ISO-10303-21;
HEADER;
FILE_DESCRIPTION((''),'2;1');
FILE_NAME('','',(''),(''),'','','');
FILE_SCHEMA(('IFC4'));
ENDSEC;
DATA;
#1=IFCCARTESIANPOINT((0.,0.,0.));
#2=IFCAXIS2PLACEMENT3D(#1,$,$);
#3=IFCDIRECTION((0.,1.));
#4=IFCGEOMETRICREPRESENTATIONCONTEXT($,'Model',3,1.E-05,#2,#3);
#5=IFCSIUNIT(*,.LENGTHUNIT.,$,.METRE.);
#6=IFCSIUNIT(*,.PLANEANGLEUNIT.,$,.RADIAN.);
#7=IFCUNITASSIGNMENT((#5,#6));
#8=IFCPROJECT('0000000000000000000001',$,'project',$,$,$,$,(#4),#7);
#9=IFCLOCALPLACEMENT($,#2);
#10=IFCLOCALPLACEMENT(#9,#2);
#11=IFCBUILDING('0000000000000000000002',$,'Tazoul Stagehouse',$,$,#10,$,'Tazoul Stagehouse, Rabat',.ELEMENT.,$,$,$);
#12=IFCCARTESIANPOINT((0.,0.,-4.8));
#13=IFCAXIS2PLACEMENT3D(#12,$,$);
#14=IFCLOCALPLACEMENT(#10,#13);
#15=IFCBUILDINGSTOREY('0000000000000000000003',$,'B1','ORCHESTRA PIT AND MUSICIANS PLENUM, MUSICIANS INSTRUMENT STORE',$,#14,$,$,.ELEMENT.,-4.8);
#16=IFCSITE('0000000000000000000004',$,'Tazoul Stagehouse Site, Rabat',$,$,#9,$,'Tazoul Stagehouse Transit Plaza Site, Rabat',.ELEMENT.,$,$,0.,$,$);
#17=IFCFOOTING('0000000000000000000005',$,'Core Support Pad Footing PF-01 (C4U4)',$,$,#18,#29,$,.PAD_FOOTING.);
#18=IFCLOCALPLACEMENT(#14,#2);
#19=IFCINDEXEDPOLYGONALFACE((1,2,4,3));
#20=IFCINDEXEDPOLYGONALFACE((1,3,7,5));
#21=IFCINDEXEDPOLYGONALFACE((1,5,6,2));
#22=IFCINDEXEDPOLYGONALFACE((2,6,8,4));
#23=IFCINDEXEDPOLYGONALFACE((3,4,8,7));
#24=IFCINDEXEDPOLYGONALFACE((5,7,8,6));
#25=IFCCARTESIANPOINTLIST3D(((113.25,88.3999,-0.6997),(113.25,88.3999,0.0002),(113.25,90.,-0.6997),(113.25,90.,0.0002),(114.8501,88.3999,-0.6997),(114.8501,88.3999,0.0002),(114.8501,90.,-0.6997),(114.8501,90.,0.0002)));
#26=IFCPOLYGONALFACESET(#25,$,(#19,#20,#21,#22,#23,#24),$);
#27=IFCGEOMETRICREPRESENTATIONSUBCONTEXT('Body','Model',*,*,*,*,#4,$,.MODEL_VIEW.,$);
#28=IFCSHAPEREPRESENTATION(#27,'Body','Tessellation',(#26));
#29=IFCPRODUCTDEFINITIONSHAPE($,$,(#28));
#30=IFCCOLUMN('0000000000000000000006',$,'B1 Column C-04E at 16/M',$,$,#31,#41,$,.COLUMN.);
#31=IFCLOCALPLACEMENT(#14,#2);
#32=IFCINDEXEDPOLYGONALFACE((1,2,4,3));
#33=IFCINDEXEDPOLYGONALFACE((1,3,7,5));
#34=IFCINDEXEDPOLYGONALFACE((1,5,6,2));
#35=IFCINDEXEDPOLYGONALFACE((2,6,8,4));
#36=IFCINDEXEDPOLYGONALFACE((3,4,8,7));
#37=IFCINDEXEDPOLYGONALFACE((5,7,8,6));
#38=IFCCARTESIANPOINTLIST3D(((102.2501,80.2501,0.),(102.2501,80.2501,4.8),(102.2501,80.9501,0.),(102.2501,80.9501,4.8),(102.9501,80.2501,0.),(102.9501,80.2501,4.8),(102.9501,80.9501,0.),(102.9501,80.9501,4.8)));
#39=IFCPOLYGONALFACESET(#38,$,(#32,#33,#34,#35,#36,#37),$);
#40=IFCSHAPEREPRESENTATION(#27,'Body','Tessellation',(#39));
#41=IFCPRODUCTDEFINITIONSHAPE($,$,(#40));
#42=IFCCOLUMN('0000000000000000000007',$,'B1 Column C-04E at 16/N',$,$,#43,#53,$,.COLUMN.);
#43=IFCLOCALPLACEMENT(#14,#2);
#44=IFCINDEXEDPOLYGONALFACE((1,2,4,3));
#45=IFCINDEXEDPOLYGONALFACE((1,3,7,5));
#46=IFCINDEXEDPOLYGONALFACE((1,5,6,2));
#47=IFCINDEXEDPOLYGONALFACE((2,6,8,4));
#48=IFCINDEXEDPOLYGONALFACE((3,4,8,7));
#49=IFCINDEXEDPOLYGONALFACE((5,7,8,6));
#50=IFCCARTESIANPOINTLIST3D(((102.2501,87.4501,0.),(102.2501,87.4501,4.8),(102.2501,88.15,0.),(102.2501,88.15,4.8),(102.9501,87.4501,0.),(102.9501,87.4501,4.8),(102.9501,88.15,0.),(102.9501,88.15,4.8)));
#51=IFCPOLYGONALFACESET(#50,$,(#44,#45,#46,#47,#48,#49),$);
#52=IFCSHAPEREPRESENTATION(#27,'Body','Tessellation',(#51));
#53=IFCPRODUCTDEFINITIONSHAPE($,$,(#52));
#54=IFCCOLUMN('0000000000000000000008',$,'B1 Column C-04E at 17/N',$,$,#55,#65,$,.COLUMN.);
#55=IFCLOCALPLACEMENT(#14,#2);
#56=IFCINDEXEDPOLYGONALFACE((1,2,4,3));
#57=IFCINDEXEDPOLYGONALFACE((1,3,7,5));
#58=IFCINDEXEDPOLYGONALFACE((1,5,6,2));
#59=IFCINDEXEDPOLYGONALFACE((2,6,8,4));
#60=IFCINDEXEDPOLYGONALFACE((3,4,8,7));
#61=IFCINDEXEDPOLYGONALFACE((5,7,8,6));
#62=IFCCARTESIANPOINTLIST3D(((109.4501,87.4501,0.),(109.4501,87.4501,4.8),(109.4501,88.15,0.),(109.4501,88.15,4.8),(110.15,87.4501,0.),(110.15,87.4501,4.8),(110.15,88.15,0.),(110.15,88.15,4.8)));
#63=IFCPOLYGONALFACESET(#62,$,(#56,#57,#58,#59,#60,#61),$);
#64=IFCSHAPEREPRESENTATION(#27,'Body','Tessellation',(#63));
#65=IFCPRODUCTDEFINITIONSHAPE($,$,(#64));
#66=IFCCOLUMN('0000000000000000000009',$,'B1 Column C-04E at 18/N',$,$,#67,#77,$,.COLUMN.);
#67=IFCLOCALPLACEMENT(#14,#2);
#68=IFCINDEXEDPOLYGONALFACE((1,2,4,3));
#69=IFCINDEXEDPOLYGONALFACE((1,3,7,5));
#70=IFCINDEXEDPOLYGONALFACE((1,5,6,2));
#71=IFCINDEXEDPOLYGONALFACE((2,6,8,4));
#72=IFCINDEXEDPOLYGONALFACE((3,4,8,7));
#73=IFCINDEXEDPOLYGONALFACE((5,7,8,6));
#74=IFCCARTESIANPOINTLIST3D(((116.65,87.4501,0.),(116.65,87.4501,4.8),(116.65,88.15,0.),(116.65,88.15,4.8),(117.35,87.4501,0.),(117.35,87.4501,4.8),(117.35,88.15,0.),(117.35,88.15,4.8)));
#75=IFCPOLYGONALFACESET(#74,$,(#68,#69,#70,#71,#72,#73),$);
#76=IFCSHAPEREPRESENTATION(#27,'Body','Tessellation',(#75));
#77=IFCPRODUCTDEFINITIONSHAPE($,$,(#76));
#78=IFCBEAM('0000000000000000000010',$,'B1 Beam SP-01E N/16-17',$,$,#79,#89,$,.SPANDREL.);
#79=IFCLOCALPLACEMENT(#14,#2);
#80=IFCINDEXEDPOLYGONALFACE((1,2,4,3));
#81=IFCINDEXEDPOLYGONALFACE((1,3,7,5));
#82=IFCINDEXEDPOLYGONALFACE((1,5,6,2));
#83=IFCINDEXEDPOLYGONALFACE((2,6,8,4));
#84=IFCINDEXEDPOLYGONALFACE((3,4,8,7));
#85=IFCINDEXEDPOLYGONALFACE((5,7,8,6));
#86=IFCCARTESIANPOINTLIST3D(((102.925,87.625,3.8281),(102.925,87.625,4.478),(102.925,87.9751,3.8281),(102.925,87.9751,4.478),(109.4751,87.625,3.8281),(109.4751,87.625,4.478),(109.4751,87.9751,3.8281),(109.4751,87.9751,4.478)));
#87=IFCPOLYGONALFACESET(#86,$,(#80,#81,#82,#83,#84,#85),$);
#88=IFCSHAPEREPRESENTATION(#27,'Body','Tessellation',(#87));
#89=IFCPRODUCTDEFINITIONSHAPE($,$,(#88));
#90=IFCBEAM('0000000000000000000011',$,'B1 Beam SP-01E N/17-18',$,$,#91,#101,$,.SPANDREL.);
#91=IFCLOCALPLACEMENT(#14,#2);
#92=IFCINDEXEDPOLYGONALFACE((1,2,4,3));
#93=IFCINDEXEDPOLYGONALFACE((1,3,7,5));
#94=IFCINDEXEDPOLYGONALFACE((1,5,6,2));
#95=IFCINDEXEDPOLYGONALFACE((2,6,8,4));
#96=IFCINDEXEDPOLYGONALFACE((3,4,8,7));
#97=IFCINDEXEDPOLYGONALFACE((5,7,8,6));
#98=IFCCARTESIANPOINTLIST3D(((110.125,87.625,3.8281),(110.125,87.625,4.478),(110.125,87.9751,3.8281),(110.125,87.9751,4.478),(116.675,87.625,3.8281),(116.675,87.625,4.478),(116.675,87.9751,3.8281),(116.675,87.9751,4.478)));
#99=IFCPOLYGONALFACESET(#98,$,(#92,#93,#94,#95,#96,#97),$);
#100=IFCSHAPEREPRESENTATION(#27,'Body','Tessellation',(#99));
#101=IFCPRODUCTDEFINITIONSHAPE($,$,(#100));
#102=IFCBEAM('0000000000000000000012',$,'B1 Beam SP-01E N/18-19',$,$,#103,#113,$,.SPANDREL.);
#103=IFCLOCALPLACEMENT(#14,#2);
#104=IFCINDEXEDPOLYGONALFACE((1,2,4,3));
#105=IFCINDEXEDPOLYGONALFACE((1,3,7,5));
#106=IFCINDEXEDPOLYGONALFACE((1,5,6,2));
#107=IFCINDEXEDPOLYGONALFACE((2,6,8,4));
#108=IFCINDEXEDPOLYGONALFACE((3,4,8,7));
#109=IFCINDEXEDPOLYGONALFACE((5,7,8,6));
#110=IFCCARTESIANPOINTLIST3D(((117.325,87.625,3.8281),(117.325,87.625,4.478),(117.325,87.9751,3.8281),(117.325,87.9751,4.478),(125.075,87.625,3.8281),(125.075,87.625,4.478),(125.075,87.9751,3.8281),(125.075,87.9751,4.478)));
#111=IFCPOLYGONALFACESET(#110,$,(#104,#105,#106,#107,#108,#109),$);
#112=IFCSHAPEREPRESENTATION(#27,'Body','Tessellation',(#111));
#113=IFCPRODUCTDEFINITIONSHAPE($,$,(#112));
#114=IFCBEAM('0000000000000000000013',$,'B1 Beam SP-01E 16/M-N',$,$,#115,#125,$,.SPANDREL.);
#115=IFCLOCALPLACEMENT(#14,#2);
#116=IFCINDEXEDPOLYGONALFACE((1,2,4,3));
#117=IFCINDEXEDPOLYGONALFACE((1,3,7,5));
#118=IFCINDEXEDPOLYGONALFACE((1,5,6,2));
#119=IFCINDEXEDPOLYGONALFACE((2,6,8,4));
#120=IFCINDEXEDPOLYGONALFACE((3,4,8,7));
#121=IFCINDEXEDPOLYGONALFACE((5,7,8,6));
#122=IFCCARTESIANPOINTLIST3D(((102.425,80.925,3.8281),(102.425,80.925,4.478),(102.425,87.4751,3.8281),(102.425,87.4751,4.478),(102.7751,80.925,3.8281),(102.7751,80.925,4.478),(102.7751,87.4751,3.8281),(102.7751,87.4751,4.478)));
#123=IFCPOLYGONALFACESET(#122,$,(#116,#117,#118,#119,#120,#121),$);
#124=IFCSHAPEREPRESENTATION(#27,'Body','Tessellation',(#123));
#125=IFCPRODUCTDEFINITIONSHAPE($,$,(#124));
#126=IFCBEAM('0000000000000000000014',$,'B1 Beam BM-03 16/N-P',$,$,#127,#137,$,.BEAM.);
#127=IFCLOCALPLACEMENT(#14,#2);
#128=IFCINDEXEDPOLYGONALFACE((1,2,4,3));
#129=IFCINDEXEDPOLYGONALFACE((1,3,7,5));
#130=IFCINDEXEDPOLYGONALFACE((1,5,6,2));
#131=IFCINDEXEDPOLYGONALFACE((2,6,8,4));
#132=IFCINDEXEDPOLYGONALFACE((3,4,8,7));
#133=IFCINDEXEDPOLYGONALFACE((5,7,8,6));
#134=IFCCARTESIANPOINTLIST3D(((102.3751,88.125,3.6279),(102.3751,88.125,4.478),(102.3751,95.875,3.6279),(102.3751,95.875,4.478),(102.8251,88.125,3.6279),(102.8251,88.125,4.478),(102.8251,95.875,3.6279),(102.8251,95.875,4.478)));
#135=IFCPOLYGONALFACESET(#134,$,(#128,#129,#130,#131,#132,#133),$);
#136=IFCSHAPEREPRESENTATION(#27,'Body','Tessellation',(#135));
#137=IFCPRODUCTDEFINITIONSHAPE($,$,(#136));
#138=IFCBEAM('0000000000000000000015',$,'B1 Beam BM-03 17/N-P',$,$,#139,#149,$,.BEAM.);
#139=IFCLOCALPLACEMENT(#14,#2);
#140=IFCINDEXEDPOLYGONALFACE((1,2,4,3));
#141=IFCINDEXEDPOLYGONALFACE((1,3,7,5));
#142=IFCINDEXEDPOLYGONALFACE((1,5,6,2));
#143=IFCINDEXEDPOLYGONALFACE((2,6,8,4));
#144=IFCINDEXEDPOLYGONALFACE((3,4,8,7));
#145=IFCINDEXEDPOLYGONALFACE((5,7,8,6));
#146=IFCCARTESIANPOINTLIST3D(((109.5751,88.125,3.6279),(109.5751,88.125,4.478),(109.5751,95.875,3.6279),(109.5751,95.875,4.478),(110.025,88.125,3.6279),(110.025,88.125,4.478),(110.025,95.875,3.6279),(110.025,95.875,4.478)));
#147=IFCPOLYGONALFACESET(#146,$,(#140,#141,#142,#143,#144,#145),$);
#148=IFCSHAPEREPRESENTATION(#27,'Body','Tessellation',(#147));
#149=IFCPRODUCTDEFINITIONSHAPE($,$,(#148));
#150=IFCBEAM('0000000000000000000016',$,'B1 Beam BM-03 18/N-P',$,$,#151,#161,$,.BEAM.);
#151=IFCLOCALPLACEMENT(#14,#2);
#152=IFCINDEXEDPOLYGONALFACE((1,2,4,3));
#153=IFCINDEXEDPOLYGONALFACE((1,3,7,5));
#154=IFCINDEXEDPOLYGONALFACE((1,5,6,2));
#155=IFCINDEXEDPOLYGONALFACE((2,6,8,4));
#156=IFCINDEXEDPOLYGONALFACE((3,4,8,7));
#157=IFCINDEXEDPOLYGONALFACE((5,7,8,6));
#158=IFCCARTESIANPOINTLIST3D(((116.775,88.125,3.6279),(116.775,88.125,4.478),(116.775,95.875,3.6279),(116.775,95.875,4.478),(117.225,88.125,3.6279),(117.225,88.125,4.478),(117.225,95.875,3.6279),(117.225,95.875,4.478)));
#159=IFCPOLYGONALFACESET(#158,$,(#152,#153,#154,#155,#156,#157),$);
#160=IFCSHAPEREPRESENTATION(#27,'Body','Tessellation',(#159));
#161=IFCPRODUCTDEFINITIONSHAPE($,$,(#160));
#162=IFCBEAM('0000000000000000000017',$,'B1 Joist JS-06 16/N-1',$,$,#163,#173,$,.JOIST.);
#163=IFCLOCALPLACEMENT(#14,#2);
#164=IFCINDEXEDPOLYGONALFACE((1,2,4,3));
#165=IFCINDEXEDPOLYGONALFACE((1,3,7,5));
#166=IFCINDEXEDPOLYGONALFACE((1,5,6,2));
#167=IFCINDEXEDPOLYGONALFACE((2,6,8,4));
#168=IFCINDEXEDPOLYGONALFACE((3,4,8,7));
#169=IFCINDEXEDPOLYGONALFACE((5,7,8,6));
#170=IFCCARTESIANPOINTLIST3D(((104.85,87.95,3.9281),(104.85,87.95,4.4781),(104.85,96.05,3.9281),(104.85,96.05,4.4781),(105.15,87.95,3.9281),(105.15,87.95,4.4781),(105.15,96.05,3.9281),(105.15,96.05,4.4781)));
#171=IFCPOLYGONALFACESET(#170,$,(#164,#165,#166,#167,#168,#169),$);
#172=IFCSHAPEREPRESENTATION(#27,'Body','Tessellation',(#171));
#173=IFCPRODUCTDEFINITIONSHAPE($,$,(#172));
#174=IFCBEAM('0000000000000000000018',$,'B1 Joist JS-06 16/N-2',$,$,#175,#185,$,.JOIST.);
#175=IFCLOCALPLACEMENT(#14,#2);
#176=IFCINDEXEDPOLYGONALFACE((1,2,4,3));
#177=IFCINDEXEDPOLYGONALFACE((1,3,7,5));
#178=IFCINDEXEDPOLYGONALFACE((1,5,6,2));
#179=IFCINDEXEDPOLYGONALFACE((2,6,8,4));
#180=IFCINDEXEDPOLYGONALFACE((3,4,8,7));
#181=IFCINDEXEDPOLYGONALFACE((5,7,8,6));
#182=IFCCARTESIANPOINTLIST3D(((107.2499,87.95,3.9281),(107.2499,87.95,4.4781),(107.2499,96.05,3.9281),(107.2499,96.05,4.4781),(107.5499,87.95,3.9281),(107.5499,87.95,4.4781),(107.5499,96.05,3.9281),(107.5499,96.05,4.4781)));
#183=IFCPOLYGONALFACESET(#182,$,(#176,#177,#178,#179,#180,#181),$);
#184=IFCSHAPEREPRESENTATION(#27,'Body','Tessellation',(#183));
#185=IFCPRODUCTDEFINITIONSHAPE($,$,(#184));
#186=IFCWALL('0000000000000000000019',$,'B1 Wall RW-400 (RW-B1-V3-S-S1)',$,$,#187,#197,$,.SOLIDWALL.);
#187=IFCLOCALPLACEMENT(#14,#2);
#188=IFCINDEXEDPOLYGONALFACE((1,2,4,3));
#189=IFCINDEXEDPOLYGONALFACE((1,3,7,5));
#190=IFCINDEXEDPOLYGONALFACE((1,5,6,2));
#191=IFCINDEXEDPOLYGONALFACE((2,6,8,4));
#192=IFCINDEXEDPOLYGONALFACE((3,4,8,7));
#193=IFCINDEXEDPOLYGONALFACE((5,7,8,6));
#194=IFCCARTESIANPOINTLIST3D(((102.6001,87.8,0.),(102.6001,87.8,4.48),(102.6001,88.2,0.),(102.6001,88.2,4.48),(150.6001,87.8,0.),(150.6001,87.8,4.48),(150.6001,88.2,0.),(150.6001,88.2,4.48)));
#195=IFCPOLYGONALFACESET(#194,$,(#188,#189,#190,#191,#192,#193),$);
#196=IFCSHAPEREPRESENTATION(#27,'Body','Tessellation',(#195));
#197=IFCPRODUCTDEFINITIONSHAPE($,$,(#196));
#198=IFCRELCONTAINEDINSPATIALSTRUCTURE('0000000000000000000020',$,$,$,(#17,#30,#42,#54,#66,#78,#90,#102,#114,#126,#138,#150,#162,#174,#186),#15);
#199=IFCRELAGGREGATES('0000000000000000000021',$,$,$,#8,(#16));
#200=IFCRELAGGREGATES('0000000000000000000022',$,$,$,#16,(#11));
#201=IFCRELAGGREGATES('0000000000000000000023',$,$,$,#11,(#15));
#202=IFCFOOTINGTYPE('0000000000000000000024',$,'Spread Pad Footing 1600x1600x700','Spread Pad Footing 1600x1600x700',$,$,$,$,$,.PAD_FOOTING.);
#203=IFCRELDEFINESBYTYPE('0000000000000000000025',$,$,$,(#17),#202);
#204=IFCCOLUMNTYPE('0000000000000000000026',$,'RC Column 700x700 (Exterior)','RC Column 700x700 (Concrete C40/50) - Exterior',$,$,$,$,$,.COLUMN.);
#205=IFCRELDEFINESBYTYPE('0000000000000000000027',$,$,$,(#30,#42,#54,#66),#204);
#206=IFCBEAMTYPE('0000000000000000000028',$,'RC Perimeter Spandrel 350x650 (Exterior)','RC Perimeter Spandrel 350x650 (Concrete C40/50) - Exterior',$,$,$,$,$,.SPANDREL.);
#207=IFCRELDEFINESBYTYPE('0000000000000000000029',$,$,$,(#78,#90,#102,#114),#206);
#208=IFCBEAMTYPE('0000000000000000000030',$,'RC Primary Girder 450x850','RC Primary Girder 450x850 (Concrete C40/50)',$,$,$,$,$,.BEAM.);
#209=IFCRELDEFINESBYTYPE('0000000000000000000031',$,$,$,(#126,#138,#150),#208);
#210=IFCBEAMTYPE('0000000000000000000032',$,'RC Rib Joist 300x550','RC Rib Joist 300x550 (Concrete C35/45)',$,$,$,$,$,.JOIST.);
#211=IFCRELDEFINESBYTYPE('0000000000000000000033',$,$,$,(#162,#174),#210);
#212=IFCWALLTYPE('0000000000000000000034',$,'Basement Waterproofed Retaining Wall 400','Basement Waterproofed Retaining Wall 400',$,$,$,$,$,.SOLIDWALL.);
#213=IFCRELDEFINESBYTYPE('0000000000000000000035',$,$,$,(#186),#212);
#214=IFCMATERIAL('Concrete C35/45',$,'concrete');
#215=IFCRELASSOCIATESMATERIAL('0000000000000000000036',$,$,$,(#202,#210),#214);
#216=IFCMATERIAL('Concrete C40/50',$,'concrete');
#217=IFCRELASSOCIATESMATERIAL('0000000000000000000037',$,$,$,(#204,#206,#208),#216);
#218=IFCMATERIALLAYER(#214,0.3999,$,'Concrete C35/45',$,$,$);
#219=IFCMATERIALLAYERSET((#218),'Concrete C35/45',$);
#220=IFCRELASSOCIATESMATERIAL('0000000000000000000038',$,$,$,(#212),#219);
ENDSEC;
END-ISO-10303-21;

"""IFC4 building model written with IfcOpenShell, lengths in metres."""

from ifc_helpers import new_model, si_unit, direction, frame, frame_2d, origin, origin_2d, place, context, subcontext, project, spatial, rectangle, extrude, material, layer, layer_set, material_profile, profile_set, type_object, element, save


model = new_model("IFC4")

# Units and contexts
model_context = context("Model", 3, precision=1e-05, world=origin(), true_north=direction((0.0, 1.0)))
body_context = subcontext(model_context, "Body", "Model", "MODEL_VIEW")
ifc_project = project(units=[si_unit("LENGTHUNIT", "METRE"), si_unit("PLANEANGLEUNIT", "RADIAN")], contexts=[model_context])

# Site, building, storey
site_placement = place(None, origin())
site = spatial("IfcSite", under=ifc_project, at=site_placement, Name="Tazoul Stagehouse Site, Rabat", LongName="Tazoul Stagehouse Transit Plaza Site, Rabat", CompositionType="ELEMENT", RefElevation=0.0)
building_placement = place(site_placement, origin())
building = spatial("IfcBuilding", under=site, at=building_placement, Name="Tazoul Stagehouse", LongName="Tazoul Stagehouse, Rabat", CompositionType="ELEMENT")
storey_placement = place(building_placement, frame((0.0, 0.0, -4.8)))
storey = spatial("IfcBuildingStorey", under=building, at=storey_placement, Name="B1", Description="ORCHESTRA PIT AND MUSICIANS PLENUM, MUSICIANS INSTRUMENT STORE", CompositionType="ELEMENT", Elevation=-4.8)

# Shared definitions
ifc_material_1 = material(Name="Concrete C35/45", Category="concrete")

# Footing
footing_type_1 = type_object("IfcFootingType", Name="Spread Pad Footing 1600x1600x700", Description="Spread Pad Footing 1600x1600x700", PredefinedType="PAD_FOOTING", material=ifc_material_1)
footing_1_placement = place(storey_placement, frame((114.05, 89.2, -0.6997), z_axis=(0.0, 0.0, 1.0), x_axis=(1.0, 0.0, 0.0)))
element("IfcFooting", 1, at=footing_1_placement, inside=storey, type_object=footing_type_1, Name="Core Support Pad Footing PF-01 (C4U4)", PredefinedType="PAD_FOOTING", context=body_context, shape_type="SweptSolid", body=[
    extrude(rectangle(XDim=1.6001, YDim=1.6001, at=origin_2d()), origin(), (0.0, 0.0, 1.0), 0.7),
])

# Columns
ifc_material_2 = material(Name="Concrete C40/50", Category="concrete")
ifc_material_profile_1 = material_profile(ifc_material_2, rectangle(XDim=0.7, YDim=0.7, at=origin_2d()), Name="RC 700x700")
ifc_profile_set_1 = profile_set([ifc_material_profile_1], Name="Concrete C40/50")
column_type = type_object("IfcColumnType", Name="RC Column 700x700 (Exterior)", Description="RC Column 700x700 (Concrete C40/50) - Exterior", PredefinedType="COLUMN", material=ifc_profile_set_1)
for number, where, z_axis, x_axis, name in (
    (2, (102.6001, 80.6001, 0.0), (0.0, 0.0, 1.0), (1.0, 0.0, 0.0), "B1 Column C-04E at 16/M"),
    (3, (102.6001, 87.8, 0.0), (0.0, 0.0, 1.0), (1.0, 0.0, 0.0), "B1 Column C-04E at 16/N"),
    (4, (109.8, 87.8, 0.0), (0.0, 0.0, 1.0), (1.0, 0.0, 0.0), "B1 Column C-04E at 17/N"),
    (5, (117.0, 87.8, 0.0), (0.0, 0.0, 1.0), (1.0, 0.0, 0.0), "B1 Column C-04E at 18/N"),
):
    element("IfcColumn", number, at=place(storey_placement, frame(where, z_axis=z_axis, x_axis=x_axis)), inside=storey, type_object=column_type, Name=name, PredefinedType="COLUMN", context=body_context, shape_type="SweptSolid", body=[
        extrude(rectangle(XDim=0.7, YDim=0.7, at=origin_2d()), origin(), (0.0, 0.0, 1.0), 4.8),
    ])

# Beams
ifc_material_profile_2 = material_profile(ifc_material_2, rectangle(XDim=0.3501, YDim=0.6499, at=origin_2d()), Name="RC 350x650")
ifc_profile_set_2 = profile_set([ifc_material_profile_2], Name="Concrete C40/50")
beam_type_1 = type_object("IfcBeamType", Name="RC Perimeter Spandrel 350x650 (Exterior)", Description="RC Perimeter Spandrel 350x650 (Concrete C40/50) - Exterior", PredefinedType="SPANDREL", material=ifc_profile_set_2)
for number, where, z_axis, x_axis, name in (
    (6, (102.925, 87.8, 4.1531), (1.0, 0.0, 0.0), (0.0, 1.0, 0.0), "B1 Beam SP-01E N/16-17"),
    (7, (110.125, 87.8, 4.1531), (1.0, 0.0, 0.0), (0.0, 1.0, 0.0), "B1 Beam SP-01E N/17-18"),
):
    element("IfcBeam", number, at=place(storey_placement, frame(where, z_axis=z_axis, x_axis=x_axis)), inside=storey, type_object=beam_type_1, Name=name, PredefinedType="SPANDREL", context=body_context, shape_type="SweptSolid", body=[
        extrude(rectangle(XDim=0.3501, YDim=0.6499, at=origin_2d()), origin(), (0.0, 0.0, 1.0), 6.55),
    ])
beam_1_placement = place(storey_placement, frame((117.325, 87.8, 4.1531), z_axis=(1.0, 0.0, 0.0), x_axis=(0.0, 1.0, 0.0)))
element("IfcBeam", 8, at=beam_1_placement, inside=storey, type_object=beam_type_1, Name="B1 Beam SP-01E N/18-19", PredefinedType="SPANDREL", context=body_context, shape_type="SweptSolid", body=[
    extrude(rectangle(XDim=0.3501, YDim=0.6499, at=origin_2d()), origin(), (0.0, 0.0, 1.0), 7.75),
])
beam_2_placement = place(storey_placement, frame((102.6001, 80.925, 4.1531), z_axis=(0.0, 1.0, 0.0), x_axis=(-1.0, 0.0, 0.0)))
element("IfcBeam", 9, at=beam_2_placement, inside=storey, type_object=beam_type_1, Name="B1 Beam SP-01E 16/M-N", PredefinedType="SPANDREL", context=body_context, shape_type="SweptSolid", body=[
    extrude(rectangle(XDim=0.3501, YDim=0.6499, at=origin_2d()), origin(), (0.0, 0.0, 1.0), 6.55),
])
ifc_material_profile_3 = material_profile(ifc_material_2, rectangle(XDim=0.45, YDim=0.8501, at=origin_2d()), Name="RC 450x850")
ifc_profile_set_3 = profile_set([ifc_material_profile_3], Name="Concrete C40/50")
beam_type_2 = type_object("IfcBeamType", Name="RC Primary Girder 450x850", Description="RC Primary Girder 450x850 (Concrete C40/50)", PredefinedType="BEAM", material=ifc_profile_set_3)
for number, where, z_axis, x_axis, name in (
    (10, (102.6001, 88.125, 4.053), (0.0, 1.0, 0.0), (-1.0, 0.0, 0.0), "B1 Beam BM-03 16/N-P"),
    (11, (109.8, 88.125, 4.053), (0.0, 1.0, 0.0), (-1.0, 0.0, 0.0), "B1 Beam BM-03 17/N-P"),
    (12, (117.0, 88.125, 4.053), (0.0, 1.0, 0.0), (-1.0, 0.0, 0.0), "B1 Beam BM-03 18/N-P"),
):
    element("IfcBeam", number, at=place(storey_placement, frame(where, z_axis=z_axis, x_axis=x_axis)), inside=storey, type_object=beam_type_2, Name=name, PredefinedType="BEAM", context=body_context, shape_type="SweptSolid", body=[
        extrude(rectangle(XDim=0.45, YDim=0.8501, at=origin_2d()), origin(), (0.0, 0.0, 1.0), 7.75),
    ])
ifc_material_profile_4 = material_profile(ifc_material_1, rectangle(XDim=0.3, YDim=0.55, at=origin_2d()), Name="RC 300x550")
ifc_profile_set_4 = profile_set([ifc_material_profile_4], Name="Concrete C35/45")
beam_type_3 = type_object("IfcBeamType", Name="RC Rib Joist 300x550", Description="RC Rib Joist 300x550 (Concrete C35/45)", PredefinedType="JOIST", material=ifc_profile_set_4)
for number, where, z_axis, x_axis, name in (
    (13, (105.0, 87.95, 4.2031), (0.0, 1.0, 0.0), (-1.0, 0.0, 0.0), "B1 Joist JS-06 16/N-1"),
    (14, (107.3999, 87.95, 4.2031), (0.0, 1.0, 0.0), (-1.0, 0.0, 0.0), "B1 Joist JS-06 16/N-2"),
):
    element("IfcBeam", number, at=place(storey_placement, frame(where, z_axis=z_axis, x_axis=x_axis)), inside=storey, type_object=beam_type_3, Name=name, PredefinedType="JOIST", context=body_context, shape_type="SweptSolid", body=[
        extrude(rectangle(XDim=0.3, YDim=0.55, at=origin_2d()), origin(), (0.0, 0.0, 1.0), 8.1001),
    ])

# Wall
ifc_layer_1 = layer(ifc_material_1, 0.3999, Name="Concrete C35/45")
ifc_layer_set_1 = layer_set([ifc_layer_1], Name="Concrete C35/45")
wall_type_1 = type_object("IfcWallType", Name="Basement Waterproofed Retaining Wall 400", Description="Basement Waterproofed Retaining Wall 400", PredefinedType="SOLIDWALL", material=ifc_layer_set_1)
wall_1_placement = place(storey_placement, frame((102.6001, 88.0, 0.0), z_axis=(0.0, 0.0, 1.0), x_axis=(1.0, 0.0, 0.0)))
element("IfcWall", 15, at=wall_1_placement, inside=storey, type_object=wall_type_1, Name="B1 Wall RW-400 (RW-B1-V3-S-S1)", PredefinedType="SOLIDWALL", context=body_context, shape_type="SweptSolid", body=[
    extrude(rectangle(XDim=48.0, YDim=0.3999, at=frame_2d((24.0, 0.0))), origin(), (0.0, 0.0, 1.0), 4.48),
])

save(model, "model.ifc")
